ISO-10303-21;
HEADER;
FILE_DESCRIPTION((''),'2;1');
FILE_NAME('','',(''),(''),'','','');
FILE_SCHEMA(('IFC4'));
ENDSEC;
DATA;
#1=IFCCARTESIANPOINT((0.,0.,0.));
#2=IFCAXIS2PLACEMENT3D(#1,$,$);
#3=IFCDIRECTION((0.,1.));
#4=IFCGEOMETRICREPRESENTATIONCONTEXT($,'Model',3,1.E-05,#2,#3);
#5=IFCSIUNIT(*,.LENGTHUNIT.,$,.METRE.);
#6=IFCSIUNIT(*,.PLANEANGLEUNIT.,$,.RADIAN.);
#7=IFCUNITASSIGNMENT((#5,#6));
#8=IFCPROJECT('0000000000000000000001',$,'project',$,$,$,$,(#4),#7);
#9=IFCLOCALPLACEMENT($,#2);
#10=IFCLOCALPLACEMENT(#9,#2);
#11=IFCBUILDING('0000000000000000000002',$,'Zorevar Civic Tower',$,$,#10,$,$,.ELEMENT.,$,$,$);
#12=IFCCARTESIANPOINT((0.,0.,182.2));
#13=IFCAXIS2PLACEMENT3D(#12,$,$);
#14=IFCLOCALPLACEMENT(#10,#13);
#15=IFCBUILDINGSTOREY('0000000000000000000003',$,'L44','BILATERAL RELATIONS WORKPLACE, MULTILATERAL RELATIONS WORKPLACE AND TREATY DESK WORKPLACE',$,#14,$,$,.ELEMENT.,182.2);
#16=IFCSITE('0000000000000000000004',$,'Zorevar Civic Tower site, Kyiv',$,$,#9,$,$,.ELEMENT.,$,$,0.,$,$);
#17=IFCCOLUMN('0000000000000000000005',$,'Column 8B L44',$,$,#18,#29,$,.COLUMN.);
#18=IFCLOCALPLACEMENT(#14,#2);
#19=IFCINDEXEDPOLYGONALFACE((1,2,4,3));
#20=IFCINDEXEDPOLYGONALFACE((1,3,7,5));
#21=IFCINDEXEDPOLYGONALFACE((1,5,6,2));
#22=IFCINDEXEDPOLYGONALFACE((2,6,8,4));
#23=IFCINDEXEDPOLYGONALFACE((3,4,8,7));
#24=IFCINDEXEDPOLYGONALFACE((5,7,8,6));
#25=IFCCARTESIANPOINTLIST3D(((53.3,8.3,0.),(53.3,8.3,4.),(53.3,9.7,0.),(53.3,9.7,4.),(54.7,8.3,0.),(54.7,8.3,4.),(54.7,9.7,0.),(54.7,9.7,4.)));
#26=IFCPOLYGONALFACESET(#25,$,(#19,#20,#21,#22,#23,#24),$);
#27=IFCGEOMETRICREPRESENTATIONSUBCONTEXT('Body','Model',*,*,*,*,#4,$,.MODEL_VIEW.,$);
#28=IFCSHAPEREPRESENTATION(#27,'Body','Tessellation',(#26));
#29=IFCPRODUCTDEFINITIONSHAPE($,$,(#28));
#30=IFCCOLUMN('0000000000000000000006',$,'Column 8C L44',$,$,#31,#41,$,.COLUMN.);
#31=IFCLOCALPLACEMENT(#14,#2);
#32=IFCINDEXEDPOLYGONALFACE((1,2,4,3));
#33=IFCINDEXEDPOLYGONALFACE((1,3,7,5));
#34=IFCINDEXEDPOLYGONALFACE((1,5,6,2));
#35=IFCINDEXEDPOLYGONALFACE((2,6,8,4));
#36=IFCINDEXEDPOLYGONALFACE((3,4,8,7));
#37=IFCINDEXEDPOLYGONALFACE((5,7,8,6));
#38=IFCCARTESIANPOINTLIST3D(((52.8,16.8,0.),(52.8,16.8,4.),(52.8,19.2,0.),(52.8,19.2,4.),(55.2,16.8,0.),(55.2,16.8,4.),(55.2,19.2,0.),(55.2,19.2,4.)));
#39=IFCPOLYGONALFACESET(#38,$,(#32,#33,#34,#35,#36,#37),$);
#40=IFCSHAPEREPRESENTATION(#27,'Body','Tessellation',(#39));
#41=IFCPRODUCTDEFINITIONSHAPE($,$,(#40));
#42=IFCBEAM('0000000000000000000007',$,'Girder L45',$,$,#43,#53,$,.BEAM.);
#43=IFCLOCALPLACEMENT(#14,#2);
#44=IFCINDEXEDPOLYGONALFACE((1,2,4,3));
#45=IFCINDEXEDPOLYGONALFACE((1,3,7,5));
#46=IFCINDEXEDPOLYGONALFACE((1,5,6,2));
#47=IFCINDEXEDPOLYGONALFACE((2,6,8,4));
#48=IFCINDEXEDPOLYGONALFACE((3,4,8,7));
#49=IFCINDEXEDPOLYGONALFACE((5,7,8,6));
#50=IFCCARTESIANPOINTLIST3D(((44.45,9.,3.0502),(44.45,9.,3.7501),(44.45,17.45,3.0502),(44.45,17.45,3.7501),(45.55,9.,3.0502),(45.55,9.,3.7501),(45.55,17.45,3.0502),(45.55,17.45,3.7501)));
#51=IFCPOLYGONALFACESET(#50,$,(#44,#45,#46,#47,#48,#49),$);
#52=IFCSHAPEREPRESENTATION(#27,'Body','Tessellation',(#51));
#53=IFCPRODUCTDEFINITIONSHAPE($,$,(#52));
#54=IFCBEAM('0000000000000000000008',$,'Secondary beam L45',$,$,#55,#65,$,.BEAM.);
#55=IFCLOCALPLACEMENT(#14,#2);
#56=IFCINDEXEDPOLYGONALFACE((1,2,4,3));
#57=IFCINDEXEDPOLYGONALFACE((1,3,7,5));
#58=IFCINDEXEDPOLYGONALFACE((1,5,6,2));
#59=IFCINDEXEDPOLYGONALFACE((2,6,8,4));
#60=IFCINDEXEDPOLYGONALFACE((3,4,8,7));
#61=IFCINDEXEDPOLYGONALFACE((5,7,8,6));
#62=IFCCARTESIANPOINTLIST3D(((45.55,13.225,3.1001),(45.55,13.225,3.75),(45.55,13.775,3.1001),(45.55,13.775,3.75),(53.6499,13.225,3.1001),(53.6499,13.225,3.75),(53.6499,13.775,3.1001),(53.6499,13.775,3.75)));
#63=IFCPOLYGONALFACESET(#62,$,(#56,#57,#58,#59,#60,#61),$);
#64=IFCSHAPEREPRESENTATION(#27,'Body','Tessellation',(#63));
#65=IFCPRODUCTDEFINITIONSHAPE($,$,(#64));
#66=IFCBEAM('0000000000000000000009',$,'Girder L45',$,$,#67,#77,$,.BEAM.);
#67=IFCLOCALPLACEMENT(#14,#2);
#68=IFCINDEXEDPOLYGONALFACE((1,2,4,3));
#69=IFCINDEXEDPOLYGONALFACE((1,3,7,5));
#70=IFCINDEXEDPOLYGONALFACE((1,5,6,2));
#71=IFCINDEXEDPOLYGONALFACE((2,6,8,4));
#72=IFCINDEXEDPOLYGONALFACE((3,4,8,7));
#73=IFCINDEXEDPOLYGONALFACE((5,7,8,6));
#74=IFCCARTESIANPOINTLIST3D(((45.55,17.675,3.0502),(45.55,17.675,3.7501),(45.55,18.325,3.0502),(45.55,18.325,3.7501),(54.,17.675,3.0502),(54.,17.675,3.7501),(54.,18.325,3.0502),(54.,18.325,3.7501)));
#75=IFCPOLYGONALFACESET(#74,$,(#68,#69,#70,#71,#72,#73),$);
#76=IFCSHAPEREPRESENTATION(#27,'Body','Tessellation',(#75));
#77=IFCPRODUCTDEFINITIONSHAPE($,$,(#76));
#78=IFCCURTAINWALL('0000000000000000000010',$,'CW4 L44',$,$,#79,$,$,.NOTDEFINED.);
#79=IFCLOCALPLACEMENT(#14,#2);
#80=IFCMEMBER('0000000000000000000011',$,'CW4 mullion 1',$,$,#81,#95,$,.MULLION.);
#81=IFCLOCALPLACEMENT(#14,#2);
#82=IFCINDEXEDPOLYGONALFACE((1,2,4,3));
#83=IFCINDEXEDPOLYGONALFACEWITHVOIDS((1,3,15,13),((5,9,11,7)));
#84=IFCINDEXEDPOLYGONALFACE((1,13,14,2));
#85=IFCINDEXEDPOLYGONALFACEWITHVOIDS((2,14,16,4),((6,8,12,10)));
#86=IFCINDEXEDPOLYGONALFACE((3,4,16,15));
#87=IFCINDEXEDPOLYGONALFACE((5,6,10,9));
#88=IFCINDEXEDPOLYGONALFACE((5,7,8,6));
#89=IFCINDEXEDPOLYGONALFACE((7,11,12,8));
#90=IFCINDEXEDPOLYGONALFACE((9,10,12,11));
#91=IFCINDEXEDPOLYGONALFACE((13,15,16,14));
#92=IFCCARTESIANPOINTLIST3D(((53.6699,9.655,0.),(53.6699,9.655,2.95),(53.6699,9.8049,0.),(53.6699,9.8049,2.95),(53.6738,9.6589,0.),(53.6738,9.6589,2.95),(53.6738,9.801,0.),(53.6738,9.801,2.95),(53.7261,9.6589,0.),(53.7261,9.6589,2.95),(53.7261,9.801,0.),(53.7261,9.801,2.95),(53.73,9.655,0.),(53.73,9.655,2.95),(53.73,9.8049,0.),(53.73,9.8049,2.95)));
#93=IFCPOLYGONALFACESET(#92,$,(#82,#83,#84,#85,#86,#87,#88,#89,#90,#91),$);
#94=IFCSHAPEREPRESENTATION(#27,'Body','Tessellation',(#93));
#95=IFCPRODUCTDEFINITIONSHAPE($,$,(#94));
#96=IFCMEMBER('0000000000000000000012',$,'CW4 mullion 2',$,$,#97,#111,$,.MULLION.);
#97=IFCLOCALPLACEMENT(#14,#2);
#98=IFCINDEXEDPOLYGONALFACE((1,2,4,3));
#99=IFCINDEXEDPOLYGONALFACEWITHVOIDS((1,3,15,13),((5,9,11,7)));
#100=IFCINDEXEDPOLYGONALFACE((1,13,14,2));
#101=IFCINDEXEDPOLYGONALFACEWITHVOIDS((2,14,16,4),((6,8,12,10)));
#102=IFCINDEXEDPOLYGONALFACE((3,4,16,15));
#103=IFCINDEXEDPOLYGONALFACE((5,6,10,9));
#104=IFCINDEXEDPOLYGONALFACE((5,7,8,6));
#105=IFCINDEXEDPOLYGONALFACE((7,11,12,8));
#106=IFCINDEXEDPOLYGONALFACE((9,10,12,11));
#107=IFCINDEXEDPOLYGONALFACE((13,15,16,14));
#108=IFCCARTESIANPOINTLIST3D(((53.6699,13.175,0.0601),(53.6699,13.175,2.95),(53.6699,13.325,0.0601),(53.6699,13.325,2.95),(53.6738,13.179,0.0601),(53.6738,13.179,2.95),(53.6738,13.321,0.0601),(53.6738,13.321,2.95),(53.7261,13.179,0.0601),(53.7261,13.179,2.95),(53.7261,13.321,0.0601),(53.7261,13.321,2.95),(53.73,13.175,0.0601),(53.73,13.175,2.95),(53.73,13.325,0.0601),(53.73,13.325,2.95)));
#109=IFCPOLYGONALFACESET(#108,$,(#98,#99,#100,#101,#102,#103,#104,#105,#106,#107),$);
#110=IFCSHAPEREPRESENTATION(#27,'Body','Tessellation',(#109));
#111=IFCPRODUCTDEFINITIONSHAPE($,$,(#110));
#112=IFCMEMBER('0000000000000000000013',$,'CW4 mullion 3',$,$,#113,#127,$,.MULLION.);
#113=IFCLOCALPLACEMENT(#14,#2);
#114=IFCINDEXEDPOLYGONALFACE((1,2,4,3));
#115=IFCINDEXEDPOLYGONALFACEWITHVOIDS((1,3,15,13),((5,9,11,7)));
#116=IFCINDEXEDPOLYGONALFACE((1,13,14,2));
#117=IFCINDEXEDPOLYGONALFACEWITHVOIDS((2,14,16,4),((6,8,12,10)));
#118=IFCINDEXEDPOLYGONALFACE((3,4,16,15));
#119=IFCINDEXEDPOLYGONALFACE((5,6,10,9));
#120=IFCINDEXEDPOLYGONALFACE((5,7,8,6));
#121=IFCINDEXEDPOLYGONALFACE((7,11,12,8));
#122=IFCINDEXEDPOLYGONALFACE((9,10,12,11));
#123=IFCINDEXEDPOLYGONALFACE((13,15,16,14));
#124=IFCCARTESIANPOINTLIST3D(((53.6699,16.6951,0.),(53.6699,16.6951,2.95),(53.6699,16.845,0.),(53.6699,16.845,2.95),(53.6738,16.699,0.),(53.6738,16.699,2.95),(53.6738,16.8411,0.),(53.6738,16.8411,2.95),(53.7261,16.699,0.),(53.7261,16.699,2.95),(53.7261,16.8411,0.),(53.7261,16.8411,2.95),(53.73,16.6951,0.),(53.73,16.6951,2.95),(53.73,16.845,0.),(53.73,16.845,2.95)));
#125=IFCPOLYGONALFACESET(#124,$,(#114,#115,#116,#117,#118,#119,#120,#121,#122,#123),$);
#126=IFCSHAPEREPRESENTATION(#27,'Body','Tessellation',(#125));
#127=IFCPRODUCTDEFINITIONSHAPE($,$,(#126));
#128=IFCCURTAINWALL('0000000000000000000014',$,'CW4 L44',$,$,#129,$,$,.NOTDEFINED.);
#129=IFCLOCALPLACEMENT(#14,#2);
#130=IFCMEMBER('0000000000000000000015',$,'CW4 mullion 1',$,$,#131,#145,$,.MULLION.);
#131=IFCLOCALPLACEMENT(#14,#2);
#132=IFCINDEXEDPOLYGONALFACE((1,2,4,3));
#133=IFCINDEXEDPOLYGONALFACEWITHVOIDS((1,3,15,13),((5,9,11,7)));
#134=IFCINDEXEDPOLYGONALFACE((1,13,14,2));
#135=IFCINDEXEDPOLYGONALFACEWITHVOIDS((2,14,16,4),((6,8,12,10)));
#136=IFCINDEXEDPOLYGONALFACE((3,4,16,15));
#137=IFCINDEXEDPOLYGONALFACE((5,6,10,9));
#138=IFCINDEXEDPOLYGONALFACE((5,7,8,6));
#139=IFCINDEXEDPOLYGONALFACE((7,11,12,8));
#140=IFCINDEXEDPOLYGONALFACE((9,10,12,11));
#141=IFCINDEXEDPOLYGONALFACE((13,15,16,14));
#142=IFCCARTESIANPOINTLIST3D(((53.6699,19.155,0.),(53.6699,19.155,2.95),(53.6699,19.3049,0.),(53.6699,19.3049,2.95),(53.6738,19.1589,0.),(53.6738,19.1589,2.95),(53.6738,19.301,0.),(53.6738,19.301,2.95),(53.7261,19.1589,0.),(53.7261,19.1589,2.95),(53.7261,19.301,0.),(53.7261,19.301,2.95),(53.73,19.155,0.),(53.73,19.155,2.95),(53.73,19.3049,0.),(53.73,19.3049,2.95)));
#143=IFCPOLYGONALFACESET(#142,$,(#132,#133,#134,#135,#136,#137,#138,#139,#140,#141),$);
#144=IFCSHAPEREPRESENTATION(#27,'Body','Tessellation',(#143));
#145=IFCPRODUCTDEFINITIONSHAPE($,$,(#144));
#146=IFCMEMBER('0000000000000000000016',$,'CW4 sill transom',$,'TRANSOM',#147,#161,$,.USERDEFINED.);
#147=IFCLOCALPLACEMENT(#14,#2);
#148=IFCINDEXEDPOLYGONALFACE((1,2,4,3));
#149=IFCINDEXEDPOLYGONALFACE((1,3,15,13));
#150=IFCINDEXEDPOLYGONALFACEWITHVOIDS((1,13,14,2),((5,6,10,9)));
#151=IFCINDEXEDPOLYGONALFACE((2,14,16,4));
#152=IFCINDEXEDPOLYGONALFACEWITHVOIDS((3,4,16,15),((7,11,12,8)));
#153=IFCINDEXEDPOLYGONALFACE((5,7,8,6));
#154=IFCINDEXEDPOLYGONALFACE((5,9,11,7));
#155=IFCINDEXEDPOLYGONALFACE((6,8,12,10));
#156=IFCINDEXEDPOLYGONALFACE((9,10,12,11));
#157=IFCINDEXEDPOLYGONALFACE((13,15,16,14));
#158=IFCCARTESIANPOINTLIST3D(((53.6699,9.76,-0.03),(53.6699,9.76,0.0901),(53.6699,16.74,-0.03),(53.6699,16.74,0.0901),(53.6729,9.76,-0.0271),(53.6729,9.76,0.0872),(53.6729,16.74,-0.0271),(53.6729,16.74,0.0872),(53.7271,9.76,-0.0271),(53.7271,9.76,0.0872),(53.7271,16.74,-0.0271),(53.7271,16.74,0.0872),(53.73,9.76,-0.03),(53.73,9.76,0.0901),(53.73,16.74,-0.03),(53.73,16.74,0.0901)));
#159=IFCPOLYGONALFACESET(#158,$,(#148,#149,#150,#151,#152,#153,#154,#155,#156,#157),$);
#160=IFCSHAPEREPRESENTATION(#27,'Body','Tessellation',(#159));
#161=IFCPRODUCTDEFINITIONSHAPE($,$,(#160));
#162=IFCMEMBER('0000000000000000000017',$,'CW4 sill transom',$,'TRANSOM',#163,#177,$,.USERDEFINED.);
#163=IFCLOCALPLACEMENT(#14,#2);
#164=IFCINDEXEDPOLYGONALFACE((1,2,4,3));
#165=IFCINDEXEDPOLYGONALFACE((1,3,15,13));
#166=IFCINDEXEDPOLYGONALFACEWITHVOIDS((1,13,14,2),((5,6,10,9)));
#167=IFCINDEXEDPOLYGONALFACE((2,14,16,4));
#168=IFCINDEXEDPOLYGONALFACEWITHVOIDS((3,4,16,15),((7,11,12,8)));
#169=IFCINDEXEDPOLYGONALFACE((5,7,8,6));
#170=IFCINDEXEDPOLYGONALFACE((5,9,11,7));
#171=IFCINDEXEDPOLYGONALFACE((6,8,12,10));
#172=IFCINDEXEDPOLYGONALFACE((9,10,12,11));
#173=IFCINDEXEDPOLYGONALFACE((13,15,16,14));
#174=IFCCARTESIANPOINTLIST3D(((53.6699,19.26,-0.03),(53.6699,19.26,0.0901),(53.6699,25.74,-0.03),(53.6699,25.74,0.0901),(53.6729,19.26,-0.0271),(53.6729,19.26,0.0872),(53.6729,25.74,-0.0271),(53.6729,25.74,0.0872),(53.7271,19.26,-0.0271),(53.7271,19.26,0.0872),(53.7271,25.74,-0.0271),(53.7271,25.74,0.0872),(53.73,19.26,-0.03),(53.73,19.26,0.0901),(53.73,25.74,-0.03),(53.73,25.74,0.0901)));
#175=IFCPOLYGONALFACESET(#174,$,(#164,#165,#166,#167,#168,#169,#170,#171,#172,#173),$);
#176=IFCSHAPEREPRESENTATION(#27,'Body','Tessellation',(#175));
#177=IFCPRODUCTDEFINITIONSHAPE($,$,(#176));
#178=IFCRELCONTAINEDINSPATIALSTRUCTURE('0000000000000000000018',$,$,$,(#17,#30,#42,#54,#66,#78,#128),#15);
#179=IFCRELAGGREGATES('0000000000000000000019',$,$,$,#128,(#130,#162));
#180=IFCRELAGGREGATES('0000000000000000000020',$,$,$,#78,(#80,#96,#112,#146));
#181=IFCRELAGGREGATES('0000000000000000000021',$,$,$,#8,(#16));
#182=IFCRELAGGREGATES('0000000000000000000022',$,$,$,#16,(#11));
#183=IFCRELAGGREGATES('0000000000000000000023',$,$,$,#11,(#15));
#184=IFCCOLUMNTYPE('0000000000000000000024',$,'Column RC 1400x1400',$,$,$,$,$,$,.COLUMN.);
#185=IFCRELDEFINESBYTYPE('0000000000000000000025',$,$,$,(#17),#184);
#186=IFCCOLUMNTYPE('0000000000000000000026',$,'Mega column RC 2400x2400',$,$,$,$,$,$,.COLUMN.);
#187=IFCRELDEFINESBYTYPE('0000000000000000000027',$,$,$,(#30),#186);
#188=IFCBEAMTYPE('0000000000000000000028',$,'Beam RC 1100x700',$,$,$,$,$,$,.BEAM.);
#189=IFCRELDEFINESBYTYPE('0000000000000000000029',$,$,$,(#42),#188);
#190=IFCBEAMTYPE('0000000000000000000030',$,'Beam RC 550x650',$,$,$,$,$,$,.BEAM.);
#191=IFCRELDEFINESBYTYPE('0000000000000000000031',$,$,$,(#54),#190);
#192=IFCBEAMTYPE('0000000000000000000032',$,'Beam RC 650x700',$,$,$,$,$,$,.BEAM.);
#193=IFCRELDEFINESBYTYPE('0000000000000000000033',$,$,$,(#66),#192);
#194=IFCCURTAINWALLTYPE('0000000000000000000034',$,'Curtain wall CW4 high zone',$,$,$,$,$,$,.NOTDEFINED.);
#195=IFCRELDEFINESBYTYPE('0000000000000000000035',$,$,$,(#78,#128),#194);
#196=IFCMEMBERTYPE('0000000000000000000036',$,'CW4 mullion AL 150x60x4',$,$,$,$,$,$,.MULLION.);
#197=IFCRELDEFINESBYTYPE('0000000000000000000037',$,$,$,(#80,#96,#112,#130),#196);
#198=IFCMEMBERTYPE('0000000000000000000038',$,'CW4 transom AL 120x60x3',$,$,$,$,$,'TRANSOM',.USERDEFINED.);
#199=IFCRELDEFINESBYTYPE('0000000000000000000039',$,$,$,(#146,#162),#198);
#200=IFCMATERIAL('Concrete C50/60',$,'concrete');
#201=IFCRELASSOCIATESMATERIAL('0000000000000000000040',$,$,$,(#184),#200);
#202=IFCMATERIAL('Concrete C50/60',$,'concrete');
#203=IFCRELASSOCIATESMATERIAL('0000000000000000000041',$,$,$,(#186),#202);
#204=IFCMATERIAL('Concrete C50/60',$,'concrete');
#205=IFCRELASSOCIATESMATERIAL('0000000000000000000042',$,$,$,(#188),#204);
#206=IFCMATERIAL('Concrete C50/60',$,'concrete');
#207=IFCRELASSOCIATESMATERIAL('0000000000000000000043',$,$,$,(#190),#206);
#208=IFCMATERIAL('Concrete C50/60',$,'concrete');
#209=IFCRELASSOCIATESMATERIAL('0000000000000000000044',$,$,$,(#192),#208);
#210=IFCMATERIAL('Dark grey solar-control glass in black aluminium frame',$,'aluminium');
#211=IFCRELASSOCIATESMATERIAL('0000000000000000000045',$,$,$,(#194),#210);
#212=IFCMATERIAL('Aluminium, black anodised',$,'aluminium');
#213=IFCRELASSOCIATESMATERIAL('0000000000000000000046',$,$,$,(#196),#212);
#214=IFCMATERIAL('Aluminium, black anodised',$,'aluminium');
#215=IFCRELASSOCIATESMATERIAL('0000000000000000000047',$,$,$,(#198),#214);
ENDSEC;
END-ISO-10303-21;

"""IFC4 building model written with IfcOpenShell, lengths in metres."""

from ifc_helpers import new_model, si_unit, direction, frame, origin, origin_2d, place, context, subcontext, project, spatial, rectangle, hollow_rectangle, extrude, material, material_profile, profile_set, type_object, element, aggregate, save


model = new_model("IFC4")

# Units and contexts
model_context = context("Model", 3, precision=1e-05, world=origin(), true_north=direction((0.0, 1.0)))
body_context = subcontext(model_context, "Body", "Model", "MODEL_VIEW")
ifc_project = project(units=[si_unit("LENGTHUNIT", "METRE"), si_unit("PLANEANGLEUNIT", "RADIAN")], contexts=[model_context])

# Site, building, storey
site_placement = place(None, origin())
site = spatial("IfcSite", under=ifc_project, at=site_placement, Name="Zorevar Civic Tower site, Kyiv", CompositionType="ELEMENT", RefElevation=0.0)
building_placement = place(site_placement, origin())
building = spatial("IfcBuilding", under=site, at=building_placement, Name="Zorevar Civic Tower", CompositionType="ELEMENT")
storey_placement = place(building_placement, frame((0.0, 0.0, 182.2)))
storey = spatial("IfcBuildingStorey", under=building, at=storey_placement, Name="L44", Description="BILATERAL RELATIONS WORKPLACE, MULTILATERAL RELATIONS WORKPLACE AND TREATY DESK WORKPLACE", CompositionType="ELEMENT", Elevation=182.2)

# Columns
ifc_material_1 = material(Name="Concrete C50/60", Category="concrete")
ifc_material_profile_1 = material_profile(ifc_material_1, rectangle(XDim=1.3999, YDim=1.3999, at=origin_2d()), Name="RC 1400x1400")
ifc_profile_set_1 = profile_set([ifc_material_profile_1], Name="Concrete C50/60")
column_type_1 = type_object("IfcColumnType", Name="Column RC 1400x1400", PredefinedType="COLUMN", material=ifc_profile_set_1)
column_1_placement = place(storey_placement, frame((54.0, 9.0, 0.0), z_axis=(0.0, 0.0, 1.0), x_axis=(1.0, 0.0, 0.0)))
element("IfcColumn", 1, at=column_1_placement, inside=storey, type_object=column_type_1, Name="Column 8B L44", PredefinedType="COLUMN", context=body_context, shape_type="SweptSolid", body=[
    extrude(rectangle(XDim=1.3999, YDim=1.3999, at=origin_2d()), origin(), (0.0, 0.0, 1.0), 4.0),
])
ifc_material_2 = material(Name="Concrete C50/60", Category="concrete")
ifc_material_profile_2 = material_profile(ifc_material_2, rectangle(XDim=2.3999, YDim=2.3999, at=origin_2d()), Name="RC 2400x2400")
ifc_profile_set_2 = profile_set([ifc_material_profile_2], Name="Concrete C50/60")
column_type_2 = type_object("IfcColumnType", Name="Mega column RC 2400x2400", PredefinedType="COLUMN", material=ifc_profile_set_2)
column_2_placement = place(storey_placement, frame((54.0, 18.0, 0.0), z_axis=(0.0, 0.0, 1.0), x_axis=(1.0, 0.0, 0.0)))
element("IfcColumn", 2, at=column_2_placement, inside=storey, type_object=column_type_2, Name="Column 8C L44", PredefinedType="COLUMN", context=body_context, shape_type="SweptSolid", body=[
    extrude(rectangle(XDim=2.3999, YDim=2.3999, at=origin_2d()), origin(), (0.0, 0.0, 1.0), 4.0),
])

# Beams
ifc_material_3 = material(Name="Concrete C50/60", Category="concrete")
ifc_material_profile_3 = material_profile(ifc_material_3, rectangle(XDim=1.1001, YDim=0.7, at=origin_2d()), Name="RC 1100x700")
ifc_profile_set_3 = profile_set([ifc_material_profile_3], Name="Concrete C50/60")
beam_type_1 = type_object("IfcBeamType", Name="Beam RC 1100x700", PredefinedType="BEAM", material=ifc_profile_set_3)
beam_1_placement = place(storey_placement, frame((45.0, 9.0, 3.4001), z_axis=(0.0, 1.0, 0.0), x_axis=(-1.0, 0.0, 0.0)))
element("IfcBeam", 3, at=beam_1_placement, inside=storey, type_object=beam_type_1, Name="Girder L45", PredefinedType="BEAM", context=body_context, shape_type="SweptSolid", body=[
    extrude(rectangle(XDim=1.1001, YDim=0.7, at=origin_2d()), origin(), (0.0, 0.0, 1.0), 8.45),
])
ifc_material_4 = material(Name="Concrete C50/60", Category="concrete")
ifc_material_profile_4 = material_profile(ifc_material_4, rectangle(XDim=0.55, YDim=0.6499, at=origin_2d()), Name="RC 550x650")
ifc_profile_set_4 = profile_set([ifc_material_profile_4], Name="Concrete C50/60")
beam_type_2 = type_object("IfcBeamType", Name="Beam RC 550x650", PredefinedType="BEAM", material=ifc_profile_set_4)
beam_2_placement = place(storey_placement, frame((45.55, 13.5, 3.425), z_axis=(1.0, 0.0, 0.0), x_axis=(0.0, 1.0, 0.0)))
element("IfcBeam", 4, at=beam_2_placement, inside=storey, type_object=beam_type_2, Name="Secondary beam L45", PredefinedType="BEAM", context=body_context, shape_type="SweptSolid", body=[
    extrude(rectangle(XDim=0.55, YDim=0.6499, at=origin_2d()), origin(), (0.0, 0.0, 1.0), 8.0999),
])
ifc_material_5 = material(Name="Concrete C50/60", Category="concrete")
ifc_material_profile_5 = material_profile(ifc_material_5, rectangle(XDim=0.6499, YDim=0.7, at=origin_2d()), Name="RC 650x700")
ifc_profile_set_5 = profile_set([ifc_material_profile_5], Name="Concrete C50/60")
beam_type_3 = type_object("IfcBeamType", Name="Beam RC 650x700", PredefinedType="BEAM", material=ifc_profile_set_5)
beam_3_placement = place(storey_placement, frame((45.55, 18.0, 3.4001), z_axis=(1.0, 0.0, 0.0), x_axis=(0.0, 1.0, 0.0)))
element("IfcBeam", 5, at=beam_3_placement, inside=storey, type_object=beam_type_3, Name="Girder L45", PredefinedType="BEAM", context=body_context, shape_type="SweptSolid", body=[
    extrude(rectangle(XDim=0.6499, YDim=0.7, at=origin_2d()), origin(), (0.0, 0.0, 1.0), 8.45),
])

# Curtain wall, members
ifc_material_6 = material(Name="Dark grey solar-control glass in black aluminium frame", Category="aluminium")
curtain_wall_type = type_object("IfcCurtainWallType", Name="Curtain wall CW4 high zone", PredefinedType="NOTDEFINED", material=ifc_material_6)
curtain_wall_1_placement = place(storey_placement, origin())
curtain_wall_1 = element("IfcCurtainWall", 6, at=curtain_wall_1_placement, inside=storey, type_object=curtain_wall_type, Name="CW4 L44", PredefinedType="NOTDEFINED")
ifc_material_7 = material(Name="Aluminium, black anodised", Category="aluminium")
ifc_material_profile_6 = material_profile(ifc_material_7, hollow_rectangle(XDim=0.0601, YDim=0.1499, WallThickness=0.0039, at=origin_2d()), Name="AL 150x60x4")
ifc_profile_set_6 = profile_set([ifc_material_profile_6], Name="Aluminium, black anodised")
member_type_1 = type_object("IfcMemberType", Name="CW4 mullion AL 150x60x4", PredefinedType="MULLION", material=ifc_profile_set_6)
member_1_placement = place(storey_placement, frame((53.7, 9.73, 0.0), z_axis=(0.0, 0.0, 1.0), x_axis=(-1.0, 0.0, 0.0)))
member_1 = element("IfcMember", 7, at=member_1_placement, type_object=member_type_1, Name="CW4 mullion 1", PredefinedType="MULLION", context=body_context, shape_type="SweptSolid", body=[
    extrude(hollow_rectangle(XDim=0.0601, YDim=0.1499, WallThickness=0.0039, at=origin_2d()), origin(), (0.0, 0.0, 1.0), 2.95),
])
member_2_placement = place(storey_placement, frame((53.7, 13.25, 0.0601), z_axis=(0.0, 0.0, 1.0), x_axis=(-1.0, 0.0, 0.0)))
member_2 = element("IfcMember", 8, at=member_2_placement, type_object=member_type_1, Name="CW4 mullion 2", PredefinedType="MULLION", context=body_context, shape_type="SweptSolid", body=[
    extrude(hollow_rectangle(XDim=0.0601, YDim=0.1499, WallThickness=0.0039, at=origin_2d()), origin(), (0.0, 0.0, 1.0), 2.8899),
])
member_3_placement = place(storey_placement, frame((53.7, 16.77, 0.0), z_axis=(0.0, 0.0, 1.0), x_axis=(-1.0, 0.0, 0.0)))
member_3 = element("IfcMember", 9, at=member_3_placement, type_object=member_type_1, Name="CW4 mullion 3", PredefinedType="MULLION", context=body_context, shape_type="SweptSolid", body=[
    extrude(hollow_rectangle(XDim=0.0601, YDim=0.1499, WallThickness=0.0039, at=origin_2d()), origin(), (0.0, 0.0, 1.0), 2.95),
])

# Curtain wall, member
curtain_wall_2_placement = place(storey_placement, origin())
curtain_wall_2 = element("IfcCurtainWall", 10, at=curtain_wall_2_placement, inside=storey, type_object=curtain_wall_type, Name="CW4 L44", PredefinedType="NOTDEFINED")
member_4_placement = place(storey_placement, frame((53.7, 19.23, 0.0), z_axis=(0.0, 0.0, 1.0), x_axis=(-1.0, 0.0, 0.0)))
member_4 = element("IfcMember", 11, at=member_4_placement, type_object=member_type_1, Name="CW4 mullion 1", PredefinedType="MULLION", context=body_context, shape_type="SweptSolid", body=[
    extrude(hollow_rectangle(XDim=0.0601, YDim=0.1499, WallThickness=0.0039, at=origin_2d()), origin(), (0.0, 0.0, 1.0), 2.95),
])

# Members
ifc_material_8 = material(Name="Aluminium, black anodised", Category="aluminium")
ifc_material_profile_7 = material_profile(ifc_material_8, hollow_rectangle(XDim=0.0601, YDim=0.1201, WallThickness=0.0029, at=origin_2d()), Name="AL 120x60x3")
ifc_profile_set_7 = profile_set([ifc_material_profile_7], Name="Aluminium, black anodised")
member_type_2 = type_object("IfcMemberType", Name="CW4 transom AL 120x60x3", ElementType="TRANSOM", PredefinedType="USERDEFINED", material=ifc_profile_set_7)
member_5_placement = place(storey_placement, frame((53.7, 9.76, 0.03), z_axis=(0.0, 1.0, 0.0), x_axis=(-1.0, 0.0, 0.0)))
member_5 = element("IfcMember", 12, at=member_5_placement, type_object=member_type_2, Name="CW4 sill transom", ObjectType="TRANSOM", PredefinedType="USERDEFINED", context=body_context, shape_type="SweptSolid", body=[
    extrude(hollow_rectangle(XDim=0.0601, YDim=0.1201, WallThickness=0.0029, at=origin_2d()), origin(), (0.0, 0.0, 1.0), 6.98),
])
member_6_placement = place(storey_placement, frame((53.7, 19.26, 0.03), z_axis=(0.0, 1.0, 0.0), x_axis=(-1.0, 0.0, 0.0)))
member_6 = element("IfcMember", 13, at=member_6_placement, type_object=member_type_2, Name="CW4 sill transom", ObjectType="TRANSOM", PredefinedType="USERDEFINED", context=body_context, shape_type="SweptSolid", body=[
    extrude(hollow_rectangle(XDim=0.0601, YDim=0.1201, WallThickness=0.0029, at=origin_2d()), origin(), (0.0, 0.0, 1.0), 6.48),
])
aggregate(curtain_wall_2, [member_4, member_6])

aggregate(curtain_wall_1, [member_1, member_2, member_3, member_5])

save(model, "model.ifc")
